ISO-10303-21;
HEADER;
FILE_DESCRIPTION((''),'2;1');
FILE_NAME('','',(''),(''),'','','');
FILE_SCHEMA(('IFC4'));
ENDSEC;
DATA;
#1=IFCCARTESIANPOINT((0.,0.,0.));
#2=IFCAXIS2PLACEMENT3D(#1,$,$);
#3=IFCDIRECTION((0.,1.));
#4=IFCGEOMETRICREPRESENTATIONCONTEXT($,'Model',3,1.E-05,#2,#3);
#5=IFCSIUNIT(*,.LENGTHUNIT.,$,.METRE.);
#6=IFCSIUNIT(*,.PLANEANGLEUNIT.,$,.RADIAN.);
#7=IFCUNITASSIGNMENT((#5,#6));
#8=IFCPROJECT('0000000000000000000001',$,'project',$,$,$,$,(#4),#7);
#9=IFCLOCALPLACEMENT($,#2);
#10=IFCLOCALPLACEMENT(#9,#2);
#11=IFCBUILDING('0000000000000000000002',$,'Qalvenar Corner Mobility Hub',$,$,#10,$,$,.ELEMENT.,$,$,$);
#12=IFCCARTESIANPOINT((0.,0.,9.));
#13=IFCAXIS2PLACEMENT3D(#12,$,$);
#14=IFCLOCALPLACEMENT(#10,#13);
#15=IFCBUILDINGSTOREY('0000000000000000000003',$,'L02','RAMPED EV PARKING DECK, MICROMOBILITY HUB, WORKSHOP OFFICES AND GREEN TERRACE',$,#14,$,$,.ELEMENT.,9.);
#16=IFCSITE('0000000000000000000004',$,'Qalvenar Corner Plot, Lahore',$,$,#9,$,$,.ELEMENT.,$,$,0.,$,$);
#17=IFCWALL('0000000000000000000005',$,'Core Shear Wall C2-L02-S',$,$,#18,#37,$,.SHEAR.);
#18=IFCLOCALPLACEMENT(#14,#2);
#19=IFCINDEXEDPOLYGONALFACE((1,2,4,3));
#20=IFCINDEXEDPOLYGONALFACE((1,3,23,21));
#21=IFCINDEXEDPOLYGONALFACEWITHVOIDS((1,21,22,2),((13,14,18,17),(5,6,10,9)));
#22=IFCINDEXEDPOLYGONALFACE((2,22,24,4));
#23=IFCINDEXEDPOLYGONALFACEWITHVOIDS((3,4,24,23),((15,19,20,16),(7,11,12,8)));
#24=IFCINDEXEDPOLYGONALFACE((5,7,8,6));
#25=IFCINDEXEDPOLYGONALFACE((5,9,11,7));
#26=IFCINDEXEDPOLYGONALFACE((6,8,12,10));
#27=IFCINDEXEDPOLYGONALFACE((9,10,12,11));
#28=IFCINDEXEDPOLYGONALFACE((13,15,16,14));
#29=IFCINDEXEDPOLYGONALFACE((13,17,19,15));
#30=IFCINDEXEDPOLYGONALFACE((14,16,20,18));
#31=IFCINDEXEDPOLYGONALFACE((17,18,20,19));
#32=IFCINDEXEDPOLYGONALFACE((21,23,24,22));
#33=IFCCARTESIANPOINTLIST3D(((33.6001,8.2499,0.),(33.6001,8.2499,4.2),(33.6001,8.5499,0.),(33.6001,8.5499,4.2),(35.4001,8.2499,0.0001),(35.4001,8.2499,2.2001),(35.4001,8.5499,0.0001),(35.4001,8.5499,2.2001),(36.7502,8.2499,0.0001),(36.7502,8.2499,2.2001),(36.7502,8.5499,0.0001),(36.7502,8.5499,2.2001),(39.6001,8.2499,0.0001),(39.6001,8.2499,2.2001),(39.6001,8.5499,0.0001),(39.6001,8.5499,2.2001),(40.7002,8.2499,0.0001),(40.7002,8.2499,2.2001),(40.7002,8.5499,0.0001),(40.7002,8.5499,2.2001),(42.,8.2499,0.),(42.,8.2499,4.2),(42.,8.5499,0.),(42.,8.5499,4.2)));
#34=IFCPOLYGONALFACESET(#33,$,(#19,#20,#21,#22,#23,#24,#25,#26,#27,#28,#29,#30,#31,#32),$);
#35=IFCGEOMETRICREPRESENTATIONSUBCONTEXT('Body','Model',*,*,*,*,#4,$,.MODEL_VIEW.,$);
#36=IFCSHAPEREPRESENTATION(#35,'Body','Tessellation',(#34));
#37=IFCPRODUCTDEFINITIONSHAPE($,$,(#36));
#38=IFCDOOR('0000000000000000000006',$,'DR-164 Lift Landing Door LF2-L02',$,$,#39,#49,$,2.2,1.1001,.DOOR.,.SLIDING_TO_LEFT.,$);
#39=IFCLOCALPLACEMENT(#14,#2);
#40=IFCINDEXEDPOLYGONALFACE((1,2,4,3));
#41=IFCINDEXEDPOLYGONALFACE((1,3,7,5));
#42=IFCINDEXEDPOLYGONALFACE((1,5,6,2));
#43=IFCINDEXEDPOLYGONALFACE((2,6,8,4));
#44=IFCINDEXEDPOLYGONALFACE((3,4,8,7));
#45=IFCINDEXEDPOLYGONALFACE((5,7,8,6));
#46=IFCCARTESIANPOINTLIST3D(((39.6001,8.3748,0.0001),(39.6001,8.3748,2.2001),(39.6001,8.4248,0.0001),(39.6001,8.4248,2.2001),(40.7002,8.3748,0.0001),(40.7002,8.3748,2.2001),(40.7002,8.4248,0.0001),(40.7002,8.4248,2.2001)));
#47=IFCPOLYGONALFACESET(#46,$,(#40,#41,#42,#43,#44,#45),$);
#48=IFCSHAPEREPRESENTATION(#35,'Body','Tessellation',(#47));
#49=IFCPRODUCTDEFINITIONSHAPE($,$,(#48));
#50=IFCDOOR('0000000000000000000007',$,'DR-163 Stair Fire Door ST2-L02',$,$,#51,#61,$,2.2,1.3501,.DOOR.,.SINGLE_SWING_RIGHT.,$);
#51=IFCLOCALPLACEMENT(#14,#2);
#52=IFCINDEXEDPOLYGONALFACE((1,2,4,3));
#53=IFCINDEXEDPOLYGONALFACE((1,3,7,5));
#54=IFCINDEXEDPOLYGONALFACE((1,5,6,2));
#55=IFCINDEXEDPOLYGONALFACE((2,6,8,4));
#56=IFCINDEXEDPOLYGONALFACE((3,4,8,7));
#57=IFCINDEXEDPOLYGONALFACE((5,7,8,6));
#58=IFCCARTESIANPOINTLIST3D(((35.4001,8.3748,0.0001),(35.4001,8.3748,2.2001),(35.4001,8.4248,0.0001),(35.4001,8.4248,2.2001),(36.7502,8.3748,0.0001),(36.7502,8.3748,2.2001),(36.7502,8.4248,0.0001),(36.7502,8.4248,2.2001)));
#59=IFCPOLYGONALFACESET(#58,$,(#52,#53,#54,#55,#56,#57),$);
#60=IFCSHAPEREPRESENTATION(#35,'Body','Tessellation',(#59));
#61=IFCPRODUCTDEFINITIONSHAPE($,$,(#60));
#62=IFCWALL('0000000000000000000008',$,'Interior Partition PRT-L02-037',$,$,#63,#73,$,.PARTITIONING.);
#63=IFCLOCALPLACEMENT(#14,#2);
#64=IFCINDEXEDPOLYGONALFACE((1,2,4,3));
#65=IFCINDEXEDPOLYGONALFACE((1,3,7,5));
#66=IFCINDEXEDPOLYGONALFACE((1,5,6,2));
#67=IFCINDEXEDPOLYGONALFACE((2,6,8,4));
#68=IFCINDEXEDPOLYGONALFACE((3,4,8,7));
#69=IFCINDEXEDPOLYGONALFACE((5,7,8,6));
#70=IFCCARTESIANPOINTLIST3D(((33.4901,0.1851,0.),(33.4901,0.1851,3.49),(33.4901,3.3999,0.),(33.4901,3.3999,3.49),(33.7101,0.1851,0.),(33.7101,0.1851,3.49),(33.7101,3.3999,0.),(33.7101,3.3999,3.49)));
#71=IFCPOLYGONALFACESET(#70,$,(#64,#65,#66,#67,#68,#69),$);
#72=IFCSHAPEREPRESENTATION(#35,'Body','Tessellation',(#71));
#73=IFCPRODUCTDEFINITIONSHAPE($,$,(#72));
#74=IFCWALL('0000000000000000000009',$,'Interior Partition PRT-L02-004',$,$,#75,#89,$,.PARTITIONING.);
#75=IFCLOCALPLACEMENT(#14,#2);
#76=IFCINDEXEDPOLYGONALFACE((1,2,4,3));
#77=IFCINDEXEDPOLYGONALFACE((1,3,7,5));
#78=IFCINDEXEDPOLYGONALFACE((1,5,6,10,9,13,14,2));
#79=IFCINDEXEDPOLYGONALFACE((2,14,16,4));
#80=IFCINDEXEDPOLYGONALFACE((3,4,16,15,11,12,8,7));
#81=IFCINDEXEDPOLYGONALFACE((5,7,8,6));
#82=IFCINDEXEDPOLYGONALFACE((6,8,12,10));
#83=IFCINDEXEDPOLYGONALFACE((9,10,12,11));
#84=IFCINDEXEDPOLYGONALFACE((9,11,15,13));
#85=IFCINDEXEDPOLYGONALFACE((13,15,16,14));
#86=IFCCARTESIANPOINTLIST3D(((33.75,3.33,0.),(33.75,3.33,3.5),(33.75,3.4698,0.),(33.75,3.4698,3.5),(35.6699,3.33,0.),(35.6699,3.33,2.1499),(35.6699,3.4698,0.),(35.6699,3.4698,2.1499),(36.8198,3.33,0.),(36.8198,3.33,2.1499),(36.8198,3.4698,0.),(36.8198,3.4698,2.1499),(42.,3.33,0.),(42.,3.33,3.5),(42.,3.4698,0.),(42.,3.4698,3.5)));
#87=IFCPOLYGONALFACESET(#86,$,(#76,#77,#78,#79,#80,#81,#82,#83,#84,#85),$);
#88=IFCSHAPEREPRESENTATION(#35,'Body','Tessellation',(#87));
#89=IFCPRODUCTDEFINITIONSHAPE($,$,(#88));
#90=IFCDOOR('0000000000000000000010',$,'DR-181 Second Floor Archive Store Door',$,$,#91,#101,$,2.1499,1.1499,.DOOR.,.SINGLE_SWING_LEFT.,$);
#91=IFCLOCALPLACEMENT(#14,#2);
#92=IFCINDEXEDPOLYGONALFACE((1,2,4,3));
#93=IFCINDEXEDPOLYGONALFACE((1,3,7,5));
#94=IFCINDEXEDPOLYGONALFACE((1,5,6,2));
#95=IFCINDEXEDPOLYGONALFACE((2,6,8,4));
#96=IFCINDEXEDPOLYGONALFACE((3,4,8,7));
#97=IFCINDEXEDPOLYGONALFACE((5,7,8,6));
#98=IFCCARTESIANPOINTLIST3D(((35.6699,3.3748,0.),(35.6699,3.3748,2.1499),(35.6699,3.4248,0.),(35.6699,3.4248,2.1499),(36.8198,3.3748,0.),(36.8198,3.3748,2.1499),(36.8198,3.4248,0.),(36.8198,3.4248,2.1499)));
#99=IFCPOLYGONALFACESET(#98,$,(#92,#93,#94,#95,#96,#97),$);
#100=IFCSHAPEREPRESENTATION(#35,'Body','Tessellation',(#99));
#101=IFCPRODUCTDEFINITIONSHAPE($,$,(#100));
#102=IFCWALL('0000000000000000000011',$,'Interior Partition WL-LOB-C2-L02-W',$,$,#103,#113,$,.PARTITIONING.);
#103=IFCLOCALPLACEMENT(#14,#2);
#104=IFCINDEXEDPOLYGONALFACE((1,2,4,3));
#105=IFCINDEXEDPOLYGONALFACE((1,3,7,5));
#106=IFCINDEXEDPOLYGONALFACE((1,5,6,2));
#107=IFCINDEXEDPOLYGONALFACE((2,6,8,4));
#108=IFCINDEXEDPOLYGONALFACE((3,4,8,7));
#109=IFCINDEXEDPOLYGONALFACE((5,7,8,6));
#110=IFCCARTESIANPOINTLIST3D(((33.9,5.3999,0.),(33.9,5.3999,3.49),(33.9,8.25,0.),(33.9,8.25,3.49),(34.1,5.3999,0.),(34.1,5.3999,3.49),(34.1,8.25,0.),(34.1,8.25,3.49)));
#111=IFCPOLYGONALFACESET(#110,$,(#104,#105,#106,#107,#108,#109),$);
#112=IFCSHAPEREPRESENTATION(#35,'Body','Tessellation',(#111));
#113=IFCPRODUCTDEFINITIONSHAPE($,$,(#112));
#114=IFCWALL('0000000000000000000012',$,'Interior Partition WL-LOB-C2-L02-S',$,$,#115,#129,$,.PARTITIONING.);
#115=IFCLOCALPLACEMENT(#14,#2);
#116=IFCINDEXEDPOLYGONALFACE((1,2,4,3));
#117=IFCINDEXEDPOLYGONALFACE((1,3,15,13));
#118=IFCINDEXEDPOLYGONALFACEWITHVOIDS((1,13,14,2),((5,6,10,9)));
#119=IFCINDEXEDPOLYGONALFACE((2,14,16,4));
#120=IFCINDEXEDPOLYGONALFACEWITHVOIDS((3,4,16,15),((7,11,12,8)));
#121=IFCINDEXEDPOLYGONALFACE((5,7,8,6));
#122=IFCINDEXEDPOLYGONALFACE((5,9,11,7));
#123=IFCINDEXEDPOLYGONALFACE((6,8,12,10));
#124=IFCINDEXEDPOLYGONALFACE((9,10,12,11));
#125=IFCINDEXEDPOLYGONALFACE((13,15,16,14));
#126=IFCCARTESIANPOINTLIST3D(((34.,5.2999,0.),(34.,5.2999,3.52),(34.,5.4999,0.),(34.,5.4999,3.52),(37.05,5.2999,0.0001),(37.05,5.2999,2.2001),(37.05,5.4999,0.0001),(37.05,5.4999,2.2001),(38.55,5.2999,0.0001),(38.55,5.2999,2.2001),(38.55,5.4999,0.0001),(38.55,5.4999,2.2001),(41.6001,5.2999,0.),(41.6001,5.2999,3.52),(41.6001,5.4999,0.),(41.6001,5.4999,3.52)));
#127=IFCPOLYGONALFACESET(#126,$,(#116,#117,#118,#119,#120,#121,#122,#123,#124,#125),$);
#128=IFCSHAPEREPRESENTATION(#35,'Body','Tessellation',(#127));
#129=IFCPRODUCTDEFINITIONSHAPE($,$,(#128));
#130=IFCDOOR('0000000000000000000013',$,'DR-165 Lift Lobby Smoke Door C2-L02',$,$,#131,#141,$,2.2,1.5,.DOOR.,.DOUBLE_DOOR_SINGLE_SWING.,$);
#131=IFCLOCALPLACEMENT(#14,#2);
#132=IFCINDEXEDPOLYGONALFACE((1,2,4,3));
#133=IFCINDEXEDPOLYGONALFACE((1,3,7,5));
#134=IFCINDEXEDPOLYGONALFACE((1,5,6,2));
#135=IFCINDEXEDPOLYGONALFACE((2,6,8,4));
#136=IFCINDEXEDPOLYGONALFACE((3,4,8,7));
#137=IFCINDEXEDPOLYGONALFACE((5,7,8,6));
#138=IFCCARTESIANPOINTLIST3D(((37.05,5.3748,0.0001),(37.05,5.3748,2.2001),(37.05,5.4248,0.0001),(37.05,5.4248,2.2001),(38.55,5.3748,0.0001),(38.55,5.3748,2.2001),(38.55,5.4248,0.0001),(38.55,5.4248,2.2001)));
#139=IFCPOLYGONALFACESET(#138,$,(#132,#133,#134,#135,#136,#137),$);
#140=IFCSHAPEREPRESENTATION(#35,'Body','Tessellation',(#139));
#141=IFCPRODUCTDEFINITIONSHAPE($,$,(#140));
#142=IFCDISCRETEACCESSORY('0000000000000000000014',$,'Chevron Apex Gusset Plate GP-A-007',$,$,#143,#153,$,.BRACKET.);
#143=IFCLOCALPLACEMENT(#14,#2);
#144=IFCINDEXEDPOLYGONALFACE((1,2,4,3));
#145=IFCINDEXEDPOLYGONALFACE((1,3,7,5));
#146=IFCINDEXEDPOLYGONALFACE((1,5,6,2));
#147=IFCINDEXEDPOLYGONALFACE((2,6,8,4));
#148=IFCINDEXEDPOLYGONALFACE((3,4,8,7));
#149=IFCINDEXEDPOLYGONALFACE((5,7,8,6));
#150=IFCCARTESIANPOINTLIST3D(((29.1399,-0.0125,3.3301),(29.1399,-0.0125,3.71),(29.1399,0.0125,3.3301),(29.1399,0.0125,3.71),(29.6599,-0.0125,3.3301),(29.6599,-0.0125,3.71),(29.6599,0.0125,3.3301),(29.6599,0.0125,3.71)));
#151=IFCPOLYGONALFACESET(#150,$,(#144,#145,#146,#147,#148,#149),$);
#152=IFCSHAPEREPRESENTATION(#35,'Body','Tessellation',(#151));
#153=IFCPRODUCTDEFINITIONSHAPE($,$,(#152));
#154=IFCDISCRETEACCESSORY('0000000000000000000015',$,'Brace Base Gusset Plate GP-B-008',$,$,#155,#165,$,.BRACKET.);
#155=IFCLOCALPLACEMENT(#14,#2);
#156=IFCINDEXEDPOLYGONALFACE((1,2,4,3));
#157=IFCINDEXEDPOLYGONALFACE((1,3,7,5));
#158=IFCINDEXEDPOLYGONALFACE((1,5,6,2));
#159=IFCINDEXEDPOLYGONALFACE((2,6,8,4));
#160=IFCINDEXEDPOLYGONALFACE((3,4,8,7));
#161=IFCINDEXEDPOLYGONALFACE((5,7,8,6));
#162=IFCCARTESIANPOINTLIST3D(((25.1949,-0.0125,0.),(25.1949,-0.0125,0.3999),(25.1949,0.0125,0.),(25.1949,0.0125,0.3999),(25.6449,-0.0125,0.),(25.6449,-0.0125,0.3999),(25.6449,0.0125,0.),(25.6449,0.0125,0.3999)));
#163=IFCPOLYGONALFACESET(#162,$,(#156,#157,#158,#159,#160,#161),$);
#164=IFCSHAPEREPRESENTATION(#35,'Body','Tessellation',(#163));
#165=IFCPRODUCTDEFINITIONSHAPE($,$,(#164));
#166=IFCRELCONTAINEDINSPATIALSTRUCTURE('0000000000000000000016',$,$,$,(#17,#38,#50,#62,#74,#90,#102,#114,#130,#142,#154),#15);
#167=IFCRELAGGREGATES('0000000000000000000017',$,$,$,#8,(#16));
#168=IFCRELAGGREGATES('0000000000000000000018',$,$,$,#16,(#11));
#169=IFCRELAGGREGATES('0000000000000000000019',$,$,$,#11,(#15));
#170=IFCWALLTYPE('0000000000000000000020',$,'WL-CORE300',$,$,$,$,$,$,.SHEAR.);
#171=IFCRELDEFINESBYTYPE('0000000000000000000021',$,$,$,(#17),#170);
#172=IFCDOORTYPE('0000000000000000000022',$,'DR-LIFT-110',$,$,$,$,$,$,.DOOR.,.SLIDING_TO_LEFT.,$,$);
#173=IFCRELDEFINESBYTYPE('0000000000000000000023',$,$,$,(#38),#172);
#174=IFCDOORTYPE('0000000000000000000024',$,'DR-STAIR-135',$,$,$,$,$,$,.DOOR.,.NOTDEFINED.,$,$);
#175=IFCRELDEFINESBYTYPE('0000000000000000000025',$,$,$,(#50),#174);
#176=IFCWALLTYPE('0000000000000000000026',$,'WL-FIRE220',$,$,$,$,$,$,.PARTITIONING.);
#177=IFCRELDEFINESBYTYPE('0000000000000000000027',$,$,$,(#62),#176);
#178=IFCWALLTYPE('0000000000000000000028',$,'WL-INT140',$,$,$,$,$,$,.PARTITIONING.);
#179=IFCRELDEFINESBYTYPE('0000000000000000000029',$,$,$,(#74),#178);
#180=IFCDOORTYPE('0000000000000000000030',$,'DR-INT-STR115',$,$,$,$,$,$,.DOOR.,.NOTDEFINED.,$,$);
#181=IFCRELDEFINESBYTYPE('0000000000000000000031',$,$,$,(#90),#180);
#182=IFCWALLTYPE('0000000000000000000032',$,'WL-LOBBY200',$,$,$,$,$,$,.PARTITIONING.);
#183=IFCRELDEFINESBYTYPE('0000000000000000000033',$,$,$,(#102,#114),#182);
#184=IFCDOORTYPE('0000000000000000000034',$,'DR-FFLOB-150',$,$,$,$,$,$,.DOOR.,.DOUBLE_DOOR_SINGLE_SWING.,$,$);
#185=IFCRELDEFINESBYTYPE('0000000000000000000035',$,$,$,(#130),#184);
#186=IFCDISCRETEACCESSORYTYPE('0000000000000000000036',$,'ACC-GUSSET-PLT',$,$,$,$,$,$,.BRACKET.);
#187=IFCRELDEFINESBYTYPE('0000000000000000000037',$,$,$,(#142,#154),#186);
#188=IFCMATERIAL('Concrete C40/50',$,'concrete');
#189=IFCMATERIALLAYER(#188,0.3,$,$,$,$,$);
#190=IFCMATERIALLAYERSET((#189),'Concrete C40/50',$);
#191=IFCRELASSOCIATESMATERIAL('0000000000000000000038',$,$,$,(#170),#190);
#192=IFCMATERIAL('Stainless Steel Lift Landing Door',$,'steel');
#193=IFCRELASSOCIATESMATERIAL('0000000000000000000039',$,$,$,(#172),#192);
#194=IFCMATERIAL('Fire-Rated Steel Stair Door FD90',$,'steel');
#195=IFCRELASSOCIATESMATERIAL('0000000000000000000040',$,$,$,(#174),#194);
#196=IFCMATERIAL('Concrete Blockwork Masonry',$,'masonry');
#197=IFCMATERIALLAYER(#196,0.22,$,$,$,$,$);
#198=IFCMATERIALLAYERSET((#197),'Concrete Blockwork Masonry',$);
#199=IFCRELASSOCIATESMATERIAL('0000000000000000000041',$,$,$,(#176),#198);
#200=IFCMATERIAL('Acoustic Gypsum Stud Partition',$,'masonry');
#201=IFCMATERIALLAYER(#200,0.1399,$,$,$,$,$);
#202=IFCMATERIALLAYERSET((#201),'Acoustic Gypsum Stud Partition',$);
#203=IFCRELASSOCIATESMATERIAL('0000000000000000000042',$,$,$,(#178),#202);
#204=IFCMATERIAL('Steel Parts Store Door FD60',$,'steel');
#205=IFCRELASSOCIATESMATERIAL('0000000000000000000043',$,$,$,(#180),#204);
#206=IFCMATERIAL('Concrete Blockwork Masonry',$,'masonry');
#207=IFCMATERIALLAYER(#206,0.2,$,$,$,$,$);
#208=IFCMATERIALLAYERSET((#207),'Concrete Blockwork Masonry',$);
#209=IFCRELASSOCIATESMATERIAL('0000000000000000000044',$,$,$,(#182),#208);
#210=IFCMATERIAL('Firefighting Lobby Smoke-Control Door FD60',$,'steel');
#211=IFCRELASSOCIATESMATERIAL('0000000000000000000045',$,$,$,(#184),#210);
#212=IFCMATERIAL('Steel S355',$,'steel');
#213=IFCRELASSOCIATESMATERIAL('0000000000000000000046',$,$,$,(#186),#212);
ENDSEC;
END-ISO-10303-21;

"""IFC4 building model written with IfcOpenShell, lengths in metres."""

from ifc_helpers import new_model, si_unit, direction, frame, frame_2d, origin, origin_2d, place, context, subcontext, project, spatial, rectangle, extrude, material, layer, layer_set, type_object, element, fill, save


model = new_model("IFC4")

# Units and contexts
model_context = context("Model", 3, precision=1e-05, world=origin(), true_north=direction((0.0, 1.0)))
body_context = subcontext(model_context, "Body", "Model", "MODEL_VIEW")
ifc_project = project(units=[si_unit("LENGTHUNIT", "METRE"), si_unit("PLANEANGLEUNIT", "RADIAN")], contexts=[model_context])

# Site, building, storey
site_placement = place(None, origin())
site = spatial("IfcSite", under=ifc_project, at=site_placement, Name="Qalvenar Corner Plot, Lahore", CompositionType="ELEMENT", RefElevation=0.0)
building_placement = place(site_placement, origin())
building = spatial("IfcBuilding", under=site, at=building_placement, Name="Qalvenar Corner Mobility Hub", CompositionType="ELEMENT")
storey_placement = place(building_placement, frame((0.0, 0.0, 9.0)))
storey = spatial("IfcBuildingStorey", under=building, at=storey_placement, Name="L02", Description="RAMPED EV PARKING DECK, MICROMOBILITY HUB, WORKSHOP OFFICES AND GREEN TERRACE", CompositionType="ELEMENT", Elevation=9.0)

# Shared definitions
ifc_material_1 = material(Name="Steel S355", Category="steel")

# Wall, openings, doors
ifc_material_2 = material(Name="Concrete C40/50", Category="concrete")
ifc_layer_1 = layer(ifc_material_2, 0.3)
ifc_layer_set_1 = layer_set([ifc_layer_1], Name="Concrete C40/50")
wall_type_1 = type_object("IfcWallType", Name="WL-CORE300", PredefinedType="SHEAR", material=ifc_layer_set_1)
wall_1_placement = place(storey_placement, frame((33.6001, 8.3999, 0.0), z_axis=(0.0, 0.0, 1.0), x_axis=(1.0, 0.0, 0.0)))
wall_1 = element("IfcWall", 1, at=wall_1_placement, inside=storey, type_object=wall_type_1, Name="Core Shear Wall C2-L02-S", PredefinedType="SHEAR", context=body_context, shape_type="SweptSolid", body=[
    extrude(rectangle(XDim=8.3999, YDim=0.3, at=frame_2d((4.2, 0.0))), origin(), (0.0, 0.0, 1.0), 4.2),
])
opening_1_placement = place(wall_1_placement, frame((1.8, 0.0, 0.0)))
opening_1 = element("IfcOpeningElement", 2, at=opening_1_placement, cuts=wall_1, PredefinedType="OPENING", context=body_context, shape_type="SweptSolid", body=[
    extrude(rectangle(XDim=1.3501, YDim=2.2, at=frame_2d((0.675, 1.1001))), frame((0.0, 0.1602, 0.0), z_axis=(0.0, -1.0, 0.0), x_axis=(1.0, 0.0, 0.0)), (0.0, 0.0, 1.0), 0.3201),
])
opening_2_placement = place(wall_1_placement, frame((6.0, 0.0, 0.0)))
opening_2 = element("IfcOpeningElement", 3, at=opening_2_placement, cuts=wall_1, PredefinedType="OPENING", context=body_context, shape_type="SweptSolid", body=[
    extrude(rectangle(XDim=1.1001, YDim=2.2, at=frame_2d((0.55, 1.1001))), frame((0.0, 0.1602, 0.0), z_axis=(0.0, -1.0, 0.0), x_axis=(1.0, 0.0, 0.0)), (0.0, 0.0, 1.0), 0.3201),
])
ifc_material_3 = material(Name="Stainless Steel Lift Landing Door", Category="steel")
door_type_1 = type_object("IfcDoorType", Name="DR-LIFT-110", OperationType="SLIDING_TO_LEFT", PredefinedType="DOOR", material=ifc_material_3)
door_1_placement = place(opening_2_placement, origin())
door_1 = element("IfcDoor", 4, at=door_1_placement, inside=storey, type_object=door_type_1, Name="DR-164 Lift Landing Door LF2-L02", OperationType="SLIDING_TO_LEFT", OverallHeight=2.2, OverallWidth=1.1001, PredefinedType="DOOR", context=body_context, shape_type="SweptSolid", body=[
    extrude(rectangle(XDim=1.1001, YDim=2.2, at=frame_2d((0.55, 1.1001))), frame((0.0, 0.0249, 0.0), z_axis=(0.0, -1.0, 0.0), x_axis=(1.0, 0.0, 0.0)), (0.0, 0.0, 1.0), 0.05),
])
fill(opening_2, door_1)
ifc_material_4 = material(Name="Fire-Rated Steel Stair Door FD90", Category="steel")
door_type_2 = type_object("IfcDoorType", Name="DR-STAIR-135", OperationType="NOTDEFINED", PredefinedType="DOOR", material=ifc_material_4)
door_2_placement = place(opening_1_placement, origin())
door_2 = element("IfcDoor", 5, at=door_2_placement, inside=storey, type_object=door_type_2, Name="DR-163 Stair Fire Door ST2-L02", OperationType="SINGLE_SWING_RIGHT", OverallHeight=2.2, OverallWidth=1.3501, PredefinedType="DOOR", context=body_context, shape_type="SweptSolid", body=[
    extrude(rectangle(XDim=1.3501, YDim=2.2, at=frame_2d((0.675, 1.1001))), frame((0.0, 0.0249, 0.0), z_axis=(0.0, -1.0, 0.0), x_axis=(1.0, 0.0, 0.0)), (0.0, 0.0, 1.0), 0.05),
])
fill(opening_1, door_2)

# Wall
ifc_material_5 = material(Name="Concrete Blockwork Masonry", Category="masonry")
ifc_layer_2 = layer(ifc_material_5, 0.22)
ifc_layer_set_2 = layer_set([ifc_layer_2], Name="Concrete Blockwork Masonry")
wall_type_2 = type_object("IfcWallType", Name="WL-FIRE220", PredefinedType="PARTITIONING", material=ifc_layer_set_2)
wall_2_placement = place(storey_placement, frame((33.6001, 0.1851, 0.0), z_axis=(0.0, 0.0, 1.0), x_axis=(0.0, 1.0, 0.0)))
element("IfcWall", 6, at=wall_2_placement, inside=storey, type_object=wall_type_2, Name="Interior Partition PRT-L02-037", PredefinedType="PARTITIONING", context=body_context, shape_type="SweptSolid", body=[
    extrude(rectangle(XDim=3.2148, YDim=0.22, at=frame_2d((1.6074, 0.0))), origin(), (0.0, 0.0, 1.0), 3.49),
])

# Wall, opening, door
ifc_material_6 = material(Name="Acoustic Gypsum Stud Partition", Category="masonry")
ifc_layer_3 = layer(ifc_material_6, 0.1399)
ifc_layer_set_3 = layer_set([ifc_layer_3], Name="Acoustic Gypsum Stud Partition")
wall_type_3 = type_object("IfcWallType", Name="WL-INT140", PredefinedType="PARTITIONING", material=ifc_layer_set_3)
wall_3_placement = place(storey_placement, frame((33.75, 3.3999, 0.0), z_axis=(0.0, 0.0, 1.0), x_axis=(1.0, 0.0, 0.0)))
wall_3 = element("IfcWall", 7, at=wall_3_placement, inside=storey, type_object=wall_type_3, Name="Interior Partition PRT-L02-004", PredefinedType="PARTITIONING", context=body_context, shape_type="SweptSolid", body=[
    extrude(rectangle(XDim=8.25, YDim=0.1399, at=frame_2d((4.125, 0.0))), origin(), (0.0, 0.0, 1.0), 3.5),
])
opening_3_placement = place(wall_3_placement, frame((1.9199, 0.0, 0.0)))
opening_3 = element("IfcOpeningElement", 8, at=opening_3_placement, cuts=wall_3, PredefinedType="OPENING", context=body_context, shape_type="SweptSolid", body=[
    extrude(rectangle(XDim=1.1499, YDim=2.1499, at=frame_2d((0.575, 1.075))), frame((0.0, 0.0801, 0.0), z_axis=(0.0, -1.0, 0.0), x_axis=(1.0, 0.0, 0.0)), (0.0, 0.0, 1.0), 0.1599),
])
ifc_material_7 = material(Name="Steel Parts Store Door FD60", Category="steel")
door_type_3 = type_object("IfcDoorType", Name="DR-INT-STR115", OperationType="NOTDEFINED", PredefinedType="DOOR", material=ifc_material_7)
door_3_placement = place(opening_3_placement, origin())
door_3 = element("IfcDoor", 9, at=door_3_placement, inside=storey, type_object=door_type_3, Name="DR-181 Second Floor Archive Store Door", OperationType="SINGLE_SWING_LEFT", OverallHeight=2.1499, OverallWidth=1.1499, PredefinedType="DOOR", context=body_context, shape_type="SweptSolid", body=[
    extrude(rectangle(XDim=1.1499, YDim=2.1499, at=frame_2d((0.575, 1.075))), frame((0.0, 0.0249, 0.0), z_axis=(0.0, -1.0, 0.0), x_axis=(1.0, 0.0, 0.0)), (0.0, 0.0, 1.0), 0.05),
])
fill(opening_3, door_3)

# Wall
ifc_material_8 = material(Name="Concrete Blockwork Masonry", Category="masonry")
ifc_layer_4 = layer(ifc_material_8, 0.2)
ifc_layer_set_4 = layer_set([ifc_layer_4], Name="Concrete Blockwork Masonry")
wall_type_4 = type_object("IfcWallType", Name="WL-LOBBY200", PredefinedType="PARTITIONING", material=ifc_layer_set_4)
wall_4_placement = place(storey_placement, frame((34.0, 5.3999, 0.0), z_axis=(0.0, 0.0, 1.0), x_axis=(0.0, 1.0, 0.0)))
element("IfcWall", 10, at=wall_4_placement, inside=storey, type_object=wall_type_4, Name="Interior Partition WL-LOB-C2-L02-W", PredefinedType="PARTITIONING", context=body_context, shape_type="SweptSolid", body=[
    extrude(rectangle(XDim=2.8501, YDim=0.2, at=frame_2d((1.425, 0.0))), origin(), (0.0, 0.0, 1.0), 3.49),
])

# Wall, opening, door
wall_5_placement = place(storey_placement, frame((34.0, 5.3999, 0.0), z_axis=(0.0, 0.0, 1.0), x_axis=(1.0, 0.0, 0.0)))
wall_5 = element("IfcWall", 11, at=wall_5_placement, inside=storey, type_object=wall_type_4, Name="Interior Partition WL-LOB-C2-L02-S", PredefinedType="PARTITIONING", context=body_context, shape_type="SweptSolid", body=[
    extrude(rectangle(XDim=7.6001, YDim=0.2, at=frame_2d((3.8, 0.0))), origin(), (0.0, 0.0, 1.0), 3.52),
])
opening_4_placement = place(wall_5_placement, frame((3.05, 0.0, 0.0)))
opening_4 = element("IfcOpeningElement", 12, at=opening_4_placement, cuts=wall_5, PredefinedType="OPENING", context=body_context, shape_type="SweptSolid", body=[
    extrude(rectangle(XDim=1.5, YDim=2.2, at=frame_2d((0.75, 1.1001))), frame((0.0, 0.1099, 0.0), z_axis=(0.0, -1.0, 0.0), x_axis=(1.0, 0.0, 0.0)), (0.0, 0.0, 1.0), 0.22),
])
ifc_material_9 = material(Name="Firefighting Lobby Smoke-Control Door FD60", Category="steel")
door_type_4 = type_object("IfcDoorType", Name="DR-FFLOB-150", OperationType="DOUBLE_DOOR_SINGLE_SWING", PredefinedType="DOOR", material=ifc_material_9)
door_4_placement = place(opening_4_placement, origin())
door_4 = element("IfcDoor", 13, at=door_4_placement, inside=storey, type_object=door_type_4, Name="DR-165 Lift Lobby Smoke Door C2-L02", OperationType="DOUBLE_DOOR_SINGLE_SWING", OverallHeight=2.2, OverallWidth=1.5, PredefinedType="DOOR", context=body_context, shape_type="SweptSolid", body=[
    extrude(rectangle(XDim=1.5, YDim=2.2, at=frame_2d((0.75, 1.1001))), frame((0.0, 0.0249, 0.0), z_axis=(0.0, -1.0, 0.0), x_axis=(1.0, 0.0, 0.0)), (0.0, 0.0, 1.0), 0.05),
])
fill(opening_4, door_4)

# Discrete accessories
discrete_accessory_type = type_object("IfcDiscreteAccessoryType", Name="ACC-GUSSET-PLT", PredefinedType="BRACKET", material=ifc_material_1)
discrete_accessory_placement = place(storey_placement, frame((29.3999, 0.0, 3.3301), z_axis=(0.0, 0.0, 1.0), x_axis=(1.0, 0.0, 0.0)))
element("IfcDiscreteAccessory", 14, at=discrete_accessory_placement, inside=storey, type_object=discrete_accessory_type, Name="Chevron Apex Gusset Plate GP-A-007", PredefinedType="BRACKET", context=body_context, shape_type="SweptSolid", body=[
    extrude(rectangle(XDim=0.52, YDim=0.0249, at=origin_2d()), origin(), (0.0, 0.0, 1.0), 0.3799),
])
for number, where, z_axis, x_axis, name in (
    (15, (25.4199, 0.0, 0.0), (0.0, 0.0, 1.0), (1.0, 0.0, 0.0), "Brace Base Gusset Plate GP-B-008"),
):
    element("IfcDiscreteAccessory", number, at=place(storey_placement, frame(where, z_axis=z_axis, x_axis=x_axis)), inside=storey, type_object=discrete_accessory_type, Name=name, PredefinedType="BRACKET", context=body_context, shape_type="SweptSolid", body=[
        extrude(rectangle(XDim=0.45, YDim=0.0249, at=origin_2d()), origin(), (0.0, 0.0, 1.0), 0.3999),
    ])

save(model, "model.ifc")
